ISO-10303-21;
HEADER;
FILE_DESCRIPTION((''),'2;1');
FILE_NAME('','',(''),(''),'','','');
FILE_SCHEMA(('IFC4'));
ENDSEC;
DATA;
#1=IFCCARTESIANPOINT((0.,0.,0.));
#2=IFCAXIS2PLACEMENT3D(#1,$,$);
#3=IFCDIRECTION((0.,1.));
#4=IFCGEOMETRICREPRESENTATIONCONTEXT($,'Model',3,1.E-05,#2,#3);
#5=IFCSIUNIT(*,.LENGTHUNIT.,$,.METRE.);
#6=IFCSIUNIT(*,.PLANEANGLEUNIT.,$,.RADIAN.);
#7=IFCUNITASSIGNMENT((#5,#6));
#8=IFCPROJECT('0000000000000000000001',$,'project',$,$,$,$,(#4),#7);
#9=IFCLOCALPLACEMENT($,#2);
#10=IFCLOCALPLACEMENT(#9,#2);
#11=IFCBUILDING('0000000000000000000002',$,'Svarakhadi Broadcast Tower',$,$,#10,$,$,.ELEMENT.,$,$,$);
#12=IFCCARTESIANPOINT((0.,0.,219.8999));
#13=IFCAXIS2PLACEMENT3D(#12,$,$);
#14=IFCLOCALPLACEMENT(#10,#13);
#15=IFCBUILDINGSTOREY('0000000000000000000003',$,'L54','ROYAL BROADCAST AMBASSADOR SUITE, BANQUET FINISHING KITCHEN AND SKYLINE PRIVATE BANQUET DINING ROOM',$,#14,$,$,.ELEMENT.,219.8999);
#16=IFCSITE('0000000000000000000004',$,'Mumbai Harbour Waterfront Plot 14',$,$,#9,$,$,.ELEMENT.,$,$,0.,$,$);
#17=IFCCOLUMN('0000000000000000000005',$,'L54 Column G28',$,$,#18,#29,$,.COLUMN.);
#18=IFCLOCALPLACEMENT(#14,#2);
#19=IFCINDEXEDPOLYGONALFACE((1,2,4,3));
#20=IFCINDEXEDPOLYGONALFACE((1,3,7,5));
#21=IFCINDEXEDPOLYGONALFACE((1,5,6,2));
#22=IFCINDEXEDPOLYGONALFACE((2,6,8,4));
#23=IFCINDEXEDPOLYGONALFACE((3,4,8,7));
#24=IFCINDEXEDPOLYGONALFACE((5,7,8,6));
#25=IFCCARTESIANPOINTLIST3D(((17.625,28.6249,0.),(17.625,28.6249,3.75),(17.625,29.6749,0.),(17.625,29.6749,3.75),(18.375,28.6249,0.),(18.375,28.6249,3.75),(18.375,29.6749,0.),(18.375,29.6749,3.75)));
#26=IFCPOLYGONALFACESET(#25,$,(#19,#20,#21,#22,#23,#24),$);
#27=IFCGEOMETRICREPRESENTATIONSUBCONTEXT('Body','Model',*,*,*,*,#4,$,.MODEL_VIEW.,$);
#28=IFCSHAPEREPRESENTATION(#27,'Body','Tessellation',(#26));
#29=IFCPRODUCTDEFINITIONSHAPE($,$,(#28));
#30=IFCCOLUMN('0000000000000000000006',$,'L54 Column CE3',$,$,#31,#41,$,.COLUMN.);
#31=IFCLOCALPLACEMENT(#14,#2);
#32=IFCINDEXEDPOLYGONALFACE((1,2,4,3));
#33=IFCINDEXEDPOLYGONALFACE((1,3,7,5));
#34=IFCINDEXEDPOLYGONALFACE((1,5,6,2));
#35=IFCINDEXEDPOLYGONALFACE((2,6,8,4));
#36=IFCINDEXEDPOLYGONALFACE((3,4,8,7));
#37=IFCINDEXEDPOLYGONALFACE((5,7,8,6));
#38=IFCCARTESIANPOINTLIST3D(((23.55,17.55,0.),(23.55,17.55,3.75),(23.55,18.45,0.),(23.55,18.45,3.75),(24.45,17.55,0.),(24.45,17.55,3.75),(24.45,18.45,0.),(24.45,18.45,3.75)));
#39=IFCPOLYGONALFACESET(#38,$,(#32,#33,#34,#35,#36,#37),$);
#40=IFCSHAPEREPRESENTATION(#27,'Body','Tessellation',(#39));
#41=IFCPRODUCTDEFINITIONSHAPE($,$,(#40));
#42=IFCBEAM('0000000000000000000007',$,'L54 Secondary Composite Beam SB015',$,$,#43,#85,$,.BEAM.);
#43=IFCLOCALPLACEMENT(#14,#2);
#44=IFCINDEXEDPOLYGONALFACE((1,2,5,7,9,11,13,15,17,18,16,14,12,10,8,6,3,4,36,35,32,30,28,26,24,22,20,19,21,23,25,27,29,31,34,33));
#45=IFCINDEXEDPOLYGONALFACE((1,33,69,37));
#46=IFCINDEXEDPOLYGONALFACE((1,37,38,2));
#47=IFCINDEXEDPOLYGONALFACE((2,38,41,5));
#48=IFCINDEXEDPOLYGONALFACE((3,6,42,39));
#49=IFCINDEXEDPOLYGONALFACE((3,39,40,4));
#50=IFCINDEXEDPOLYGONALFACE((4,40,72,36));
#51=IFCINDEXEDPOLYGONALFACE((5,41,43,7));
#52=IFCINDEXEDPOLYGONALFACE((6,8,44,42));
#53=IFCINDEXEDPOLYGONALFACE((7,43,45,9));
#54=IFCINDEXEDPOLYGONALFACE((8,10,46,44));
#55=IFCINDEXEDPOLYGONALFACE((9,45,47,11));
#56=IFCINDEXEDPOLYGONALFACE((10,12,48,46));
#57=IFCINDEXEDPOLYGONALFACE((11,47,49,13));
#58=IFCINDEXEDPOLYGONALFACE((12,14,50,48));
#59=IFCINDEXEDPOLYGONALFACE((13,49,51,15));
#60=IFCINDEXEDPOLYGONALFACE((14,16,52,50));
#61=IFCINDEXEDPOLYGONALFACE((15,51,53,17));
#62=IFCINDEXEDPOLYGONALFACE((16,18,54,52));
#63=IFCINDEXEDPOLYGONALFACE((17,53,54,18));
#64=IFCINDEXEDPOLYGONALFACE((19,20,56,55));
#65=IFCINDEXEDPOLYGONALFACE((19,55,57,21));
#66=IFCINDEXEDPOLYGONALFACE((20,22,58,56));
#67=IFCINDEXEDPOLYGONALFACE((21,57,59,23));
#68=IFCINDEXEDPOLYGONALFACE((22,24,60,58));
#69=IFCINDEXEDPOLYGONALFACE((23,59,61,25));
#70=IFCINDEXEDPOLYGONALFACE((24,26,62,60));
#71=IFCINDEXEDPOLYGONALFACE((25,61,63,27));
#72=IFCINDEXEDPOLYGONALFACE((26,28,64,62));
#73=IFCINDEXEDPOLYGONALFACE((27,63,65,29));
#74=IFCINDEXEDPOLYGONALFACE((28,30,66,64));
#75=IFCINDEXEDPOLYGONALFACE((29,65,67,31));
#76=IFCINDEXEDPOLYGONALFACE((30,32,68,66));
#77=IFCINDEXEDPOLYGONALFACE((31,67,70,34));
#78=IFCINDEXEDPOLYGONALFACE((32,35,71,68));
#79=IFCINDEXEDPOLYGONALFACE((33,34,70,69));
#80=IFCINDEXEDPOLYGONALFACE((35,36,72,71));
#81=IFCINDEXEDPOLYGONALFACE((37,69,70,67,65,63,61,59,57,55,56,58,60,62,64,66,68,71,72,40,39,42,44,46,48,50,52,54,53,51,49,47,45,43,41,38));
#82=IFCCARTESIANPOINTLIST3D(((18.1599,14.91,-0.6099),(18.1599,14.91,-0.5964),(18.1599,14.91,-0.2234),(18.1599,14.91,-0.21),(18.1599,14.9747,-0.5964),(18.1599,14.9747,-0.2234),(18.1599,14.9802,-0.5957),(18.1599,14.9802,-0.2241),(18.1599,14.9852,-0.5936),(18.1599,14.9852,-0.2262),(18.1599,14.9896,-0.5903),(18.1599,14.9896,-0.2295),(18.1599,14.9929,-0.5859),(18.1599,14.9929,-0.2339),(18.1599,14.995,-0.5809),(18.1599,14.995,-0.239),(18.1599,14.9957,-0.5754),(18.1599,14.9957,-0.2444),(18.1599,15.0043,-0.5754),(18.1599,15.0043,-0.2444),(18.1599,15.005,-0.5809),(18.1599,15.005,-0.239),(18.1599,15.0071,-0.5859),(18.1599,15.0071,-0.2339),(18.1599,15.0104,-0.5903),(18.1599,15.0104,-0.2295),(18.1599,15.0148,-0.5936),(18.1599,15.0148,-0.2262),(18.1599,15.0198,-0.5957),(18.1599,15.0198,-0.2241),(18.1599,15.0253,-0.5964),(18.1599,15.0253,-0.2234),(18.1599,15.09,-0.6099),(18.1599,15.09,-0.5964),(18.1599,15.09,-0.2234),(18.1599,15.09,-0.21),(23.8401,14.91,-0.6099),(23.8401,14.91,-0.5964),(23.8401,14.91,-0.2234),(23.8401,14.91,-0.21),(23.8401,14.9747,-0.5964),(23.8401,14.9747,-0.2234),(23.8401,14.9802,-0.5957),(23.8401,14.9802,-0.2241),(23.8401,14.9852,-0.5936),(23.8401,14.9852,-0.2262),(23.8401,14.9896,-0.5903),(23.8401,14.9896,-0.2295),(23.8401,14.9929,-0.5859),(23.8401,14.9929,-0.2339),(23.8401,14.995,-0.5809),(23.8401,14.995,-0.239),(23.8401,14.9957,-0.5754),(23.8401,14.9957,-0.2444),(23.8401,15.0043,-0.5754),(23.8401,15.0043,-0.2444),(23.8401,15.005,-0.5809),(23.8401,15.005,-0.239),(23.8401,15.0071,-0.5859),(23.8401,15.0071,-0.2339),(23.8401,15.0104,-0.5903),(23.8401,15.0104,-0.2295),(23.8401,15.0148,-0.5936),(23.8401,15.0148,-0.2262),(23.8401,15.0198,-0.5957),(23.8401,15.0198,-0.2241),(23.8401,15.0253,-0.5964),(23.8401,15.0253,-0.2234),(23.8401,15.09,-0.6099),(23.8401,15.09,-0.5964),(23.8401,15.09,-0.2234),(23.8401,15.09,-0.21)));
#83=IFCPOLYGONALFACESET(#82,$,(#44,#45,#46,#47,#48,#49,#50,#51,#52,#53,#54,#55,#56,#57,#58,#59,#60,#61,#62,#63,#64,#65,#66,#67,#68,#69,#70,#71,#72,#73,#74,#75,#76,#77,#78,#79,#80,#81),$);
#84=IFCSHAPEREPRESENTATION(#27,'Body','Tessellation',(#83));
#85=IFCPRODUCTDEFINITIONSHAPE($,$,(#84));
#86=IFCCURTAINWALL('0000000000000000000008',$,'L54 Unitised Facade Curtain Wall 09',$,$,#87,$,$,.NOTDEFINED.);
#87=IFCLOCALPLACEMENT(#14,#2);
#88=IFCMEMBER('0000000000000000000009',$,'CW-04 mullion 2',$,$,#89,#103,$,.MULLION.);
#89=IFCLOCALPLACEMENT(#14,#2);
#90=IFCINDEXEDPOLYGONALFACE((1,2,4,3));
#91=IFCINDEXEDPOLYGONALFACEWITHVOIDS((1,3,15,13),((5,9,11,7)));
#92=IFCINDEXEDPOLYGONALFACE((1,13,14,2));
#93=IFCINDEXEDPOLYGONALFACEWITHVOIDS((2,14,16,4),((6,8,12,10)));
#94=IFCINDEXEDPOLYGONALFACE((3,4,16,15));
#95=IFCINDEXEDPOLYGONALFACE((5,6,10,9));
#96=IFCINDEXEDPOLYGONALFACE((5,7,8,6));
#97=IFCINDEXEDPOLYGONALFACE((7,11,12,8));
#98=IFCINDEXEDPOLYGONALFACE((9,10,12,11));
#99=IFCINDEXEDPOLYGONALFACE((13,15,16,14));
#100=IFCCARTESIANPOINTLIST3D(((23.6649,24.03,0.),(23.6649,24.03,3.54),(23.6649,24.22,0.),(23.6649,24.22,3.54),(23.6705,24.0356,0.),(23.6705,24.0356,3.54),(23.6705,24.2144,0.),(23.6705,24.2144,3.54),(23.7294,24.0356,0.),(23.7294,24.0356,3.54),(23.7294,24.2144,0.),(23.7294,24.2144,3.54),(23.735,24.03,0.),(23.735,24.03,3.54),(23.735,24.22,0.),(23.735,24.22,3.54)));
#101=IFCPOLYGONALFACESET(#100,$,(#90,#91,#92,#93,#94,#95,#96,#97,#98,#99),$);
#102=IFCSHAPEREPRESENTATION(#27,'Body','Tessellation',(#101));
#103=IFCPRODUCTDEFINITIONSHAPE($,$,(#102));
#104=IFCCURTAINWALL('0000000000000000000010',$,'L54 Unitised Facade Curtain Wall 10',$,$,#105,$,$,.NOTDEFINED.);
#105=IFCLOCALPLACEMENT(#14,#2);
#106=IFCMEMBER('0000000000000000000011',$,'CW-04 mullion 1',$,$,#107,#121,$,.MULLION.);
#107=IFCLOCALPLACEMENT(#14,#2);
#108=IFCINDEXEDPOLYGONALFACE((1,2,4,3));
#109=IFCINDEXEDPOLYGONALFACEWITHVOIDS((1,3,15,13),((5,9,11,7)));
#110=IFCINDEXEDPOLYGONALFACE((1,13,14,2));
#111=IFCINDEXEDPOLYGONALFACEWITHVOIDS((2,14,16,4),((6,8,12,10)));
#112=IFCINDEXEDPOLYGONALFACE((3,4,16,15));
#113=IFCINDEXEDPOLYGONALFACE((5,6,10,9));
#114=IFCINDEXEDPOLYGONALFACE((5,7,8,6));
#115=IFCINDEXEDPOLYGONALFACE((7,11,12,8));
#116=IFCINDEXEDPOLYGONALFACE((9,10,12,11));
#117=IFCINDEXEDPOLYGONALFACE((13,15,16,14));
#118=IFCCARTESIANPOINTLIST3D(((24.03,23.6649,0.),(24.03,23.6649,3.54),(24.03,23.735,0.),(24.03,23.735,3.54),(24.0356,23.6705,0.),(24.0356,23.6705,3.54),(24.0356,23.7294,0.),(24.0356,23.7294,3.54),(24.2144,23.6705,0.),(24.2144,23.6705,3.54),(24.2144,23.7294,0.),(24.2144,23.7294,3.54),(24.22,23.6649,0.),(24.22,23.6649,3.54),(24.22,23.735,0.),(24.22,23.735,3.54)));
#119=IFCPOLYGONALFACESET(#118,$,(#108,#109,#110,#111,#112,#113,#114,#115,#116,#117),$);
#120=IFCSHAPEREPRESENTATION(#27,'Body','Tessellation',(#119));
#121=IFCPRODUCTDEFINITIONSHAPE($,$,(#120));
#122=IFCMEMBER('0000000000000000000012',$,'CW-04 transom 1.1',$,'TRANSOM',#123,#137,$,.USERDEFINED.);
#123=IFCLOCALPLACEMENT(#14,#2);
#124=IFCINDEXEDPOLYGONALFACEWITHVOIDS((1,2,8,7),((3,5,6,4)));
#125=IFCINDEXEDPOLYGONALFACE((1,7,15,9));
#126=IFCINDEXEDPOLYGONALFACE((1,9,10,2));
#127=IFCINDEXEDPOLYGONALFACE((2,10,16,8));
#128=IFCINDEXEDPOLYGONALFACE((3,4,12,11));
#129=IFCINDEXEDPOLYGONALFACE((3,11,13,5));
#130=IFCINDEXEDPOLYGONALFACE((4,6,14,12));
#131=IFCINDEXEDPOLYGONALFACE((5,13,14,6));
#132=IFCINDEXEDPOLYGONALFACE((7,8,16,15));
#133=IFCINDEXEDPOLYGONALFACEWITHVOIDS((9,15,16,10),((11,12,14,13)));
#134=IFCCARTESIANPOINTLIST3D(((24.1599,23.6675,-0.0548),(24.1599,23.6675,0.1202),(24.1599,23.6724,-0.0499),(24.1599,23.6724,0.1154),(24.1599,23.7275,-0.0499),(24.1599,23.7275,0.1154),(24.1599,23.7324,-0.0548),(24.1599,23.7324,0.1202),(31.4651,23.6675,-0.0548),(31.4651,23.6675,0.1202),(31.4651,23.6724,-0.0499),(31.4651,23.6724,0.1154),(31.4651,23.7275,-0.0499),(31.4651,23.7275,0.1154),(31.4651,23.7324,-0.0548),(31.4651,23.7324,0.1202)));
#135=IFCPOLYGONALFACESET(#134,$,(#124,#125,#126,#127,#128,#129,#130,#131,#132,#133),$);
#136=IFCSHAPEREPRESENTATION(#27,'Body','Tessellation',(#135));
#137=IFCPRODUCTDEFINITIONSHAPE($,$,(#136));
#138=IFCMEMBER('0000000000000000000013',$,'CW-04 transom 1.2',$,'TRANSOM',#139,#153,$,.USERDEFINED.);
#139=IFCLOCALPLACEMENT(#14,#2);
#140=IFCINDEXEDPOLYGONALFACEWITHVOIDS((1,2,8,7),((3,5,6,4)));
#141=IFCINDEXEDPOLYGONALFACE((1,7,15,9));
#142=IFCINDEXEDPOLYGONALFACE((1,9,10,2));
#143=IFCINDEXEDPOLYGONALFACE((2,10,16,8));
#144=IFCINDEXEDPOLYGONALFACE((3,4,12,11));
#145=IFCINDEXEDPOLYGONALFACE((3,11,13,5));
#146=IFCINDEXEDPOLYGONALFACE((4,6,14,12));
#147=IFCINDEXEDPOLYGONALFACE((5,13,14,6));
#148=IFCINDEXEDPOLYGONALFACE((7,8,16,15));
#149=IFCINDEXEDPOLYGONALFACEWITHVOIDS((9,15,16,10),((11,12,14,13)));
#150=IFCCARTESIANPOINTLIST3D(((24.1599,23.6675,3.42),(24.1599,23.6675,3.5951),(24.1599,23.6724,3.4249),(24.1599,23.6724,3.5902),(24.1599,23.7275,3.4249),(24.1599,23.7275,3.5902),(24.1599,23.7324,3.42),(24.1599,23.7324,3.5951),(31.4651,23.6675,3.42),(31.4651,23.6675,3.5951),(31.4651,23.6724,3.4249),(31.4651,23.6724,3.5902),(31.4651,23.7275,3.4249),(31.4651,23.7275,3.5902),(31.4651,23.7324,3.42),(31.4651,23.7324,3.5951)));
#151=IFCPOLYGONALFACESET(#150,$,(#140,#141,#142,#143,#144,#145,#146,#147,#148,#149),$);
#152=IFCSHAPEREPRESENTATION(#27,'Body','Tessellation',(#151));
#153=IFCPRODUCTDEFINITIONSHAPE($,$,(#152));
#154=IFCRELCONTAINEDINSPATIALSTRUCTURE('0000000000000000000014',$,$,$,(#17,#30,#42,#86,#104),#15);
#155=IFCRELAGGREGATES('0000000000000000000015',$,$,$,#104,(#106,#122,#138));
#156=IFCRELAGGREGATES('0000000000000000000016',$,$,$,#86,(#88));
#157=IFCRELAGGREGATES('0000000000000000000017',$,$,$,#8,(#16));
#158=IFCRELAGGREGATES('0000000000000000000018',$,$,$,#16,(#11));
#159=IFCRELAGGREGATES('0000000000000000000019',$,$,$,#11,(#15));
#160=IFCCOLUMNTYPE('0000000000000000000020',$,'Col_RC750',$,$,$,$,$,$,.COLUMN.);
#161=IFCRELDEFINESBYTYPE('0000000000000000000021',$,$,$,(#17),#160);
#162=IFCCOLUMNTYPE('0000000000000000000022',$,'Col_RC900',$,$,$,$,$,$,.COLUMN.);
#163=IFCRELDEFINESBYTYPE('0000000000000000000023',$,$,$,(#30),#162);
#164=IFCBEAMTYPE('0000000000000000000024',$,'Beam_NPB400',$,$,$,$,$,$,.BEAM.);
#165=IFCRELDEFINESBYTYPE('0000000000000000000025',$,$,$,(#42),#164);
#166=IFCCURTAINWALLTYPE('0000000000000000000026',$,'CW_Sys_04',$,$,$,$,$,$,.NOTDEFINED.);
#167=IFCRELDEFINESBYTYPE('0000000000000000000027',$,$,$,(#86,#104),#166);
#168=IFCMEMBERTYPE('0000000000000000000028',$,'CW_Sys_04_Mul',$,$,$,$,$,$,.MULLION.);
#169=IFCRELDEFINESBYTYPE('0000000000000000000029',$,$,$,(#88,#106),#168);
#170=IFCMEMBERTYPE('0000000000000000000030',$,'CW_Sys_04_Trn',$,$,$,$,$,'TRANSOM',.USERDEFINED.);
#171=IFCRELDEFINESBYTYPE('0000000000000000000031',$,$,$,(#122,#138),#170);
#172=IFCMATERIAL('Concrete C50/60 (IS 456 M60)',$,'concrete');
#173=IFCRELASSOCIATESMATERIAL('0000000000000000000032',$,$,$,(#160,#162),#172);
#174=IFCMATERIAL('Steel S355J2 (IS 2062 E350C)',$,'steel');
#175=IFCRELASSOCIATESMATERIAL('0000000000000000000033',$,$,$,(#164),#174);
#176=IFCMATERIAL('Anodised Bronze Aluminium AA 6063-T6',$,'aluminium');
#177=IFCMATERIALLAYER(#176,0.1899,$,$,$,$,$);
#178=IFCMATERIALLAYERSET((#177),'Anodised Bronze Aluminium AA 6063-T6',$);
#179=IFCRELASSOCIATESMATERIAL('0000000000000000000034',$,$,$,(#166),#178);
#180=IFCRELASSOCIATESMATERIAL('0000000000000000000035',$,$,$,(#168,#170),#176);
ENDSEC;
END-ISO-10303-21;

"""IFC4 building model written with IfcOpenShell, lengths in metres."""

from ifc_helpers import new_model, si_unit, direction, frame, origin, origin_2d, place, context, subcontext, project, spatial, rectangle, hollow_rectangle, i_section, extrude, material, layer, layer_set, material_profile, profile_set, type_object, element, aggregate, save


model = new_model("IFC4")

# Units and contexts
model_context = context("Model", 3, precision=1e-05, world=origin(), true_north=direction((0.0, 1.0)))
body_context = subcontext(model_context, "Body", "Model", "MODEL_VIEW")
ifc_project = project(units=[si_unit("LENGTHUNIT", "METRE"), si_unit("PLANEANGLEUNIT", "RADIAN")], contexts=[model_context])

# Site, building, storey
site_placement = place(None, origin())
site = spatial("IfcSite", under=ifc_project, at=site_placement, Name="Mumbai Harbour Waterfront Plot 14", CompositionType="ELEMENT", RefElevation=0.0)
building_placement = place(site_placement, origin())
building = spatial("IfcBuilding", under=site, at=building_placement, Name="Svarakhadi Broadcast Tower", CompositionType="ELEMENT")
storey_placement = place(building_placement, frame((0.0, 0.0, 219.8999)))
storey = spatial("IfcBuildingStorey", under=building, at=storey_placement, Name="L54", Description="ROYAL BROADCAST AMBASSADOR SUITE, BANQUET FINISHING KITCHEN AND SKYLINE PRIVATE BANQUET DINING ROOM", CompositionType="ELEMENT", Elevation=219.8999)

# Columns
ifc_material_1 = material(Name="Concrete C50/60 (IS 456 M60)", Category="concrete")
ifc_material_profile_1 = material_profile(ifc_material_1, rectangle(XDim=0.75, YDim=1.05, at=origin_2d()), Name="RC 750x1050")
ifc_profile_set_1 = profile_set([ifc_material_profile_1], Name="Concrete C50/60 (IS 456 M60)")
column_type_1 = type_object("IfcColumnType", Name="Col_RC750", PredefinedType="COLUMN", material=ifc_profile_set_1)
column_1_placement = place(storey_placement, frame((18.0, 29.1499, 0.0), z_axis=(0.0, 0.0, 1.0), x_axis=(1.0, 0.0, 0.0)))
element("IfcColumn", 1, at=column_1_placement, inside=storey, type_object=column_type_1, Name="L54 Column G28", PredefinedType="COLUMN", context=body_context, shape_type="SweptSolid", body=[
    extrude(rectangle(XDim=0.75, YDim=1.05, at=origin_2d()), origin(), (0.0, 0.0, 1.0), 3.75),
])
ifc_material_profile_2 = material_profile(ifc_material_1, rectangle(XDim=0.8999, YDim=0.8999, at=origin_2d()), Name="RC 900x900")
ifc_profile_set_2 = profile_set([ifc_material_profile_2], Name="Concrete C50/60 (IS 456 M60)")
column_type_2 = type_object("IfcColumnType", Name="Col_RC900", PredefinedType="COLUMN", material=ifc_profile_set_2)
column_2_placement = place(storey_placement, frame((24.0, 18.0, 0.0), z_axis=(0.0, 0.0, 1.0), x_axis=(1.0, 0.0, 0.0)))
element("IfcColumn", 2, at=column_2_placement, inside=storey, type_object=column_type_2, Name="L54 Column CE3", PredefinedType="COLUMN", context=body_context, shape_type="SweptSolid", body=[
    extrude(rectangle(XDim=0.8999, YDim=0.8999, at=origin_2d()), origin(), (0.0, 0.0, 1.0), 3.75),
])

# Beam
ifc_material_2 = material(Name="Steel S355J2 (IS 2062 E350C)", Category="steel")
ifc_material_profile_3 = material_profile(ifc_material_2, i_section(OverallWidth=0.1799, OverallDepth=0.3999, WebThickness=0.0085, FlangeThickness=0.0134, FilletRadius=0.021, at=origin_2d()), Name="NPB 400x180x66")
ifc_profile_set_3 = profile_set([ifc_material_profile_3], Name="Steel S355J2 (IS 2062 E350C)")
beam_type_1 = type_object("IfcBeamType", Name="Beam_NPB400", PredefinedType="BEAM", material=ifc_profile_set_3)
beam_placement = place(storey_placement, frame((18.1599, 15.0, -0.4099), z_axis=(1.0, 0.0, 0.0), x_axis=(0.0, 1.0, 0.0)))
element("IfcBeam", 3, at=beam_placement, inside=storey, type_object=beam_type_1, Name="L54 Secondary Composite Beam SB015", PredefinedType="BEAM", context=body_context, shape_type="SweptSolid", body=[
    extrude(i_section(OverallWidth=0.1799, OverallDepth=0.3999, WebThickness=0.0085, FlangeThickness=0.0134, FilletRadius=0.021, at=origin_2d()), origin(), (0.0, 0.0, 1.0), 5.6802),
])

# Curtain wall, member
ifc_material_3 = material(Name="Anodised Bronze Aluminium AA 6063-T6", Category="aluminium")
ifc_layer_1 = layer(ifc_material_3, 0.1899)
ifc_layer_set_1 = layer_set([ifc_layer_1], Name="Anodised Bronze Aluminium AA 6063-T6")
curtain_wall_type = type_object("IfcCurtainWallType", Name="CW_Sys_04", PredefinedType="NOTDEFINED", material=ifc_layer_set_1)
curtain_wall_1_placement = place(storey_placement, origin())
curtain_wall_1 = element("IfcCurtainWall", 4, at=curtain_wall_1_placement, inside=storey, type_object=curtain_wall_type, Name="L54 Unitised Facade Curtain Wall 09", PredefinedType="NOTDEFINED")
ifc_material_profile_4 = material_profile(ifc_material_3, hollow_rectangle(XDim=0.0701, YDim=0.1899, WallThickness=0.0056, at=origin_2d()), Name="ALU MULLION 190x70x6")
ifc_profile_set_4 = profile_set([ifc_material_profile_4], Name="Anodised Bronze Aluminium AA 6063-T6")
member_type_1 = type_object("IfcMemberType", Name="CW_Sys_04_Mul", PredefinedType="MULLION", material=ifc_profile_set_4)
member_1_placement = place(storey_placement, frame((23.7, 24.125, 0.0), z_axis=(0.0, 0.0, 1.0), x_axis=(1.0, 0.0, 0.0)))
member_1 = element("IfcMember", 5, at=member_1_placement, type_object=member_type_1, Name="CW-04 mullion 2", PredefinedType="MULLION", context=body_context, shape_type="SweptSolid", body=[
    extrude(hollow_rectangle(XDim=0.0701, YDim=0.1899, WallThickness=0.0056, at=origin_2d()), origin(), (0.0, 0.0, 1.0), 3.54),
])

# Curtain wall, members
curtain_wall_2_placement = place(storey_placement, origin())
curtain_wall_2 = element("IfcCurtainWall", 6, at=curtain_wall_2_placement, inside=storey, type_object=curtain_wall_type, Name="L54 Unitised Facade Curtain Wall 10", PredefinedType="NOTDEFINED")
member_2_placement = place(storey_placement, frame((24.125, 23.7, 0.0), z_axis=(0.0, 0.0, 1.0), x_axis=(0.0, 1.0, 0.0)))
member_2 = element("IfcMember", 7, at=member_2_placement, type_object=member_type_1, Name="CW-04 mullion 1", PredefinedType="MULLION", context=body_context, shape_type="SweptSolid", body=[
    extrude(hollow_rectangle(XDim=0.0701, YDim=0.1899, WallThickness=0.0056, at=origin_2d()), origin(), (0.0, 0.0, 1.0), 3.54),
])
ifc_material_profile_5 = material_profile(ifc_material_3, hollow_rectangle(XDim=0.0649, YDim=0.175, WallThickness=0.0049, at=origin_2d()), Name="ALU TRANSOM 175x65x5")
ifc_profile_set_5 = profile_set([ifc_material_profile_5], Name="Anodised Bronze Aluminium AA 6063-T6")
member_type_2 = type_object("IfcMemberType", Name="CW_Sys_04_Trn", ElementType="TRANSOM", PredefinedType="USERDEFINED", material=ifc_profile_set_5)
member_3_placement = place(storey_placement, frame((24.1599, 23.7, 0.0327), z_axis=(1.0, 0.0, 0.0), x_axis=(0.0, 1.0, 0.0)))
member_3 = element("IfcMember", 8, at=member_3_placement, type_object=member_type_2, Name="CW-04 transom 1.1", ObjectType="TRANSOM", PredefinedType="USERDEFINED", context=body_context, shape_type="SweptSolid", body=[
    extrude(hollow_rectangle(XDim=0.0649, YDim=0.175, WallThickness=0.0049, at=origin_2d()), origin(), (0.0, 0.0, 1.0), 7.3052),
])
member_4_placement = place(storey_placement, frame((24.1599, 23.7, 3.5076), z_axis=(1.0, 0.0, 0.0), x_axis=(0.0, 1.0, 0.0)))
member_4 = element("IfcMember", 9, at=member_4_placement, type_object=member_type_2, Name="CW-04 transom 1.2", ObjectType="TRANSOM", PredefinedType="USERDEFINED", context=body_context, shape_type="SweptSolid", body=[
    extrude(hollow_rectangle(XDim=0.0649, YDim=0.175, WallThickness=0.0049, at=origin_2d()), origin(), (0.0, 0.0, 1.0), 7.3052),
])
aggregate(curtain_wall_2, [member_2, member_3, member_4])

aggregate(curtain_wall_1, [member_1])

save(model, "model.ifc")
